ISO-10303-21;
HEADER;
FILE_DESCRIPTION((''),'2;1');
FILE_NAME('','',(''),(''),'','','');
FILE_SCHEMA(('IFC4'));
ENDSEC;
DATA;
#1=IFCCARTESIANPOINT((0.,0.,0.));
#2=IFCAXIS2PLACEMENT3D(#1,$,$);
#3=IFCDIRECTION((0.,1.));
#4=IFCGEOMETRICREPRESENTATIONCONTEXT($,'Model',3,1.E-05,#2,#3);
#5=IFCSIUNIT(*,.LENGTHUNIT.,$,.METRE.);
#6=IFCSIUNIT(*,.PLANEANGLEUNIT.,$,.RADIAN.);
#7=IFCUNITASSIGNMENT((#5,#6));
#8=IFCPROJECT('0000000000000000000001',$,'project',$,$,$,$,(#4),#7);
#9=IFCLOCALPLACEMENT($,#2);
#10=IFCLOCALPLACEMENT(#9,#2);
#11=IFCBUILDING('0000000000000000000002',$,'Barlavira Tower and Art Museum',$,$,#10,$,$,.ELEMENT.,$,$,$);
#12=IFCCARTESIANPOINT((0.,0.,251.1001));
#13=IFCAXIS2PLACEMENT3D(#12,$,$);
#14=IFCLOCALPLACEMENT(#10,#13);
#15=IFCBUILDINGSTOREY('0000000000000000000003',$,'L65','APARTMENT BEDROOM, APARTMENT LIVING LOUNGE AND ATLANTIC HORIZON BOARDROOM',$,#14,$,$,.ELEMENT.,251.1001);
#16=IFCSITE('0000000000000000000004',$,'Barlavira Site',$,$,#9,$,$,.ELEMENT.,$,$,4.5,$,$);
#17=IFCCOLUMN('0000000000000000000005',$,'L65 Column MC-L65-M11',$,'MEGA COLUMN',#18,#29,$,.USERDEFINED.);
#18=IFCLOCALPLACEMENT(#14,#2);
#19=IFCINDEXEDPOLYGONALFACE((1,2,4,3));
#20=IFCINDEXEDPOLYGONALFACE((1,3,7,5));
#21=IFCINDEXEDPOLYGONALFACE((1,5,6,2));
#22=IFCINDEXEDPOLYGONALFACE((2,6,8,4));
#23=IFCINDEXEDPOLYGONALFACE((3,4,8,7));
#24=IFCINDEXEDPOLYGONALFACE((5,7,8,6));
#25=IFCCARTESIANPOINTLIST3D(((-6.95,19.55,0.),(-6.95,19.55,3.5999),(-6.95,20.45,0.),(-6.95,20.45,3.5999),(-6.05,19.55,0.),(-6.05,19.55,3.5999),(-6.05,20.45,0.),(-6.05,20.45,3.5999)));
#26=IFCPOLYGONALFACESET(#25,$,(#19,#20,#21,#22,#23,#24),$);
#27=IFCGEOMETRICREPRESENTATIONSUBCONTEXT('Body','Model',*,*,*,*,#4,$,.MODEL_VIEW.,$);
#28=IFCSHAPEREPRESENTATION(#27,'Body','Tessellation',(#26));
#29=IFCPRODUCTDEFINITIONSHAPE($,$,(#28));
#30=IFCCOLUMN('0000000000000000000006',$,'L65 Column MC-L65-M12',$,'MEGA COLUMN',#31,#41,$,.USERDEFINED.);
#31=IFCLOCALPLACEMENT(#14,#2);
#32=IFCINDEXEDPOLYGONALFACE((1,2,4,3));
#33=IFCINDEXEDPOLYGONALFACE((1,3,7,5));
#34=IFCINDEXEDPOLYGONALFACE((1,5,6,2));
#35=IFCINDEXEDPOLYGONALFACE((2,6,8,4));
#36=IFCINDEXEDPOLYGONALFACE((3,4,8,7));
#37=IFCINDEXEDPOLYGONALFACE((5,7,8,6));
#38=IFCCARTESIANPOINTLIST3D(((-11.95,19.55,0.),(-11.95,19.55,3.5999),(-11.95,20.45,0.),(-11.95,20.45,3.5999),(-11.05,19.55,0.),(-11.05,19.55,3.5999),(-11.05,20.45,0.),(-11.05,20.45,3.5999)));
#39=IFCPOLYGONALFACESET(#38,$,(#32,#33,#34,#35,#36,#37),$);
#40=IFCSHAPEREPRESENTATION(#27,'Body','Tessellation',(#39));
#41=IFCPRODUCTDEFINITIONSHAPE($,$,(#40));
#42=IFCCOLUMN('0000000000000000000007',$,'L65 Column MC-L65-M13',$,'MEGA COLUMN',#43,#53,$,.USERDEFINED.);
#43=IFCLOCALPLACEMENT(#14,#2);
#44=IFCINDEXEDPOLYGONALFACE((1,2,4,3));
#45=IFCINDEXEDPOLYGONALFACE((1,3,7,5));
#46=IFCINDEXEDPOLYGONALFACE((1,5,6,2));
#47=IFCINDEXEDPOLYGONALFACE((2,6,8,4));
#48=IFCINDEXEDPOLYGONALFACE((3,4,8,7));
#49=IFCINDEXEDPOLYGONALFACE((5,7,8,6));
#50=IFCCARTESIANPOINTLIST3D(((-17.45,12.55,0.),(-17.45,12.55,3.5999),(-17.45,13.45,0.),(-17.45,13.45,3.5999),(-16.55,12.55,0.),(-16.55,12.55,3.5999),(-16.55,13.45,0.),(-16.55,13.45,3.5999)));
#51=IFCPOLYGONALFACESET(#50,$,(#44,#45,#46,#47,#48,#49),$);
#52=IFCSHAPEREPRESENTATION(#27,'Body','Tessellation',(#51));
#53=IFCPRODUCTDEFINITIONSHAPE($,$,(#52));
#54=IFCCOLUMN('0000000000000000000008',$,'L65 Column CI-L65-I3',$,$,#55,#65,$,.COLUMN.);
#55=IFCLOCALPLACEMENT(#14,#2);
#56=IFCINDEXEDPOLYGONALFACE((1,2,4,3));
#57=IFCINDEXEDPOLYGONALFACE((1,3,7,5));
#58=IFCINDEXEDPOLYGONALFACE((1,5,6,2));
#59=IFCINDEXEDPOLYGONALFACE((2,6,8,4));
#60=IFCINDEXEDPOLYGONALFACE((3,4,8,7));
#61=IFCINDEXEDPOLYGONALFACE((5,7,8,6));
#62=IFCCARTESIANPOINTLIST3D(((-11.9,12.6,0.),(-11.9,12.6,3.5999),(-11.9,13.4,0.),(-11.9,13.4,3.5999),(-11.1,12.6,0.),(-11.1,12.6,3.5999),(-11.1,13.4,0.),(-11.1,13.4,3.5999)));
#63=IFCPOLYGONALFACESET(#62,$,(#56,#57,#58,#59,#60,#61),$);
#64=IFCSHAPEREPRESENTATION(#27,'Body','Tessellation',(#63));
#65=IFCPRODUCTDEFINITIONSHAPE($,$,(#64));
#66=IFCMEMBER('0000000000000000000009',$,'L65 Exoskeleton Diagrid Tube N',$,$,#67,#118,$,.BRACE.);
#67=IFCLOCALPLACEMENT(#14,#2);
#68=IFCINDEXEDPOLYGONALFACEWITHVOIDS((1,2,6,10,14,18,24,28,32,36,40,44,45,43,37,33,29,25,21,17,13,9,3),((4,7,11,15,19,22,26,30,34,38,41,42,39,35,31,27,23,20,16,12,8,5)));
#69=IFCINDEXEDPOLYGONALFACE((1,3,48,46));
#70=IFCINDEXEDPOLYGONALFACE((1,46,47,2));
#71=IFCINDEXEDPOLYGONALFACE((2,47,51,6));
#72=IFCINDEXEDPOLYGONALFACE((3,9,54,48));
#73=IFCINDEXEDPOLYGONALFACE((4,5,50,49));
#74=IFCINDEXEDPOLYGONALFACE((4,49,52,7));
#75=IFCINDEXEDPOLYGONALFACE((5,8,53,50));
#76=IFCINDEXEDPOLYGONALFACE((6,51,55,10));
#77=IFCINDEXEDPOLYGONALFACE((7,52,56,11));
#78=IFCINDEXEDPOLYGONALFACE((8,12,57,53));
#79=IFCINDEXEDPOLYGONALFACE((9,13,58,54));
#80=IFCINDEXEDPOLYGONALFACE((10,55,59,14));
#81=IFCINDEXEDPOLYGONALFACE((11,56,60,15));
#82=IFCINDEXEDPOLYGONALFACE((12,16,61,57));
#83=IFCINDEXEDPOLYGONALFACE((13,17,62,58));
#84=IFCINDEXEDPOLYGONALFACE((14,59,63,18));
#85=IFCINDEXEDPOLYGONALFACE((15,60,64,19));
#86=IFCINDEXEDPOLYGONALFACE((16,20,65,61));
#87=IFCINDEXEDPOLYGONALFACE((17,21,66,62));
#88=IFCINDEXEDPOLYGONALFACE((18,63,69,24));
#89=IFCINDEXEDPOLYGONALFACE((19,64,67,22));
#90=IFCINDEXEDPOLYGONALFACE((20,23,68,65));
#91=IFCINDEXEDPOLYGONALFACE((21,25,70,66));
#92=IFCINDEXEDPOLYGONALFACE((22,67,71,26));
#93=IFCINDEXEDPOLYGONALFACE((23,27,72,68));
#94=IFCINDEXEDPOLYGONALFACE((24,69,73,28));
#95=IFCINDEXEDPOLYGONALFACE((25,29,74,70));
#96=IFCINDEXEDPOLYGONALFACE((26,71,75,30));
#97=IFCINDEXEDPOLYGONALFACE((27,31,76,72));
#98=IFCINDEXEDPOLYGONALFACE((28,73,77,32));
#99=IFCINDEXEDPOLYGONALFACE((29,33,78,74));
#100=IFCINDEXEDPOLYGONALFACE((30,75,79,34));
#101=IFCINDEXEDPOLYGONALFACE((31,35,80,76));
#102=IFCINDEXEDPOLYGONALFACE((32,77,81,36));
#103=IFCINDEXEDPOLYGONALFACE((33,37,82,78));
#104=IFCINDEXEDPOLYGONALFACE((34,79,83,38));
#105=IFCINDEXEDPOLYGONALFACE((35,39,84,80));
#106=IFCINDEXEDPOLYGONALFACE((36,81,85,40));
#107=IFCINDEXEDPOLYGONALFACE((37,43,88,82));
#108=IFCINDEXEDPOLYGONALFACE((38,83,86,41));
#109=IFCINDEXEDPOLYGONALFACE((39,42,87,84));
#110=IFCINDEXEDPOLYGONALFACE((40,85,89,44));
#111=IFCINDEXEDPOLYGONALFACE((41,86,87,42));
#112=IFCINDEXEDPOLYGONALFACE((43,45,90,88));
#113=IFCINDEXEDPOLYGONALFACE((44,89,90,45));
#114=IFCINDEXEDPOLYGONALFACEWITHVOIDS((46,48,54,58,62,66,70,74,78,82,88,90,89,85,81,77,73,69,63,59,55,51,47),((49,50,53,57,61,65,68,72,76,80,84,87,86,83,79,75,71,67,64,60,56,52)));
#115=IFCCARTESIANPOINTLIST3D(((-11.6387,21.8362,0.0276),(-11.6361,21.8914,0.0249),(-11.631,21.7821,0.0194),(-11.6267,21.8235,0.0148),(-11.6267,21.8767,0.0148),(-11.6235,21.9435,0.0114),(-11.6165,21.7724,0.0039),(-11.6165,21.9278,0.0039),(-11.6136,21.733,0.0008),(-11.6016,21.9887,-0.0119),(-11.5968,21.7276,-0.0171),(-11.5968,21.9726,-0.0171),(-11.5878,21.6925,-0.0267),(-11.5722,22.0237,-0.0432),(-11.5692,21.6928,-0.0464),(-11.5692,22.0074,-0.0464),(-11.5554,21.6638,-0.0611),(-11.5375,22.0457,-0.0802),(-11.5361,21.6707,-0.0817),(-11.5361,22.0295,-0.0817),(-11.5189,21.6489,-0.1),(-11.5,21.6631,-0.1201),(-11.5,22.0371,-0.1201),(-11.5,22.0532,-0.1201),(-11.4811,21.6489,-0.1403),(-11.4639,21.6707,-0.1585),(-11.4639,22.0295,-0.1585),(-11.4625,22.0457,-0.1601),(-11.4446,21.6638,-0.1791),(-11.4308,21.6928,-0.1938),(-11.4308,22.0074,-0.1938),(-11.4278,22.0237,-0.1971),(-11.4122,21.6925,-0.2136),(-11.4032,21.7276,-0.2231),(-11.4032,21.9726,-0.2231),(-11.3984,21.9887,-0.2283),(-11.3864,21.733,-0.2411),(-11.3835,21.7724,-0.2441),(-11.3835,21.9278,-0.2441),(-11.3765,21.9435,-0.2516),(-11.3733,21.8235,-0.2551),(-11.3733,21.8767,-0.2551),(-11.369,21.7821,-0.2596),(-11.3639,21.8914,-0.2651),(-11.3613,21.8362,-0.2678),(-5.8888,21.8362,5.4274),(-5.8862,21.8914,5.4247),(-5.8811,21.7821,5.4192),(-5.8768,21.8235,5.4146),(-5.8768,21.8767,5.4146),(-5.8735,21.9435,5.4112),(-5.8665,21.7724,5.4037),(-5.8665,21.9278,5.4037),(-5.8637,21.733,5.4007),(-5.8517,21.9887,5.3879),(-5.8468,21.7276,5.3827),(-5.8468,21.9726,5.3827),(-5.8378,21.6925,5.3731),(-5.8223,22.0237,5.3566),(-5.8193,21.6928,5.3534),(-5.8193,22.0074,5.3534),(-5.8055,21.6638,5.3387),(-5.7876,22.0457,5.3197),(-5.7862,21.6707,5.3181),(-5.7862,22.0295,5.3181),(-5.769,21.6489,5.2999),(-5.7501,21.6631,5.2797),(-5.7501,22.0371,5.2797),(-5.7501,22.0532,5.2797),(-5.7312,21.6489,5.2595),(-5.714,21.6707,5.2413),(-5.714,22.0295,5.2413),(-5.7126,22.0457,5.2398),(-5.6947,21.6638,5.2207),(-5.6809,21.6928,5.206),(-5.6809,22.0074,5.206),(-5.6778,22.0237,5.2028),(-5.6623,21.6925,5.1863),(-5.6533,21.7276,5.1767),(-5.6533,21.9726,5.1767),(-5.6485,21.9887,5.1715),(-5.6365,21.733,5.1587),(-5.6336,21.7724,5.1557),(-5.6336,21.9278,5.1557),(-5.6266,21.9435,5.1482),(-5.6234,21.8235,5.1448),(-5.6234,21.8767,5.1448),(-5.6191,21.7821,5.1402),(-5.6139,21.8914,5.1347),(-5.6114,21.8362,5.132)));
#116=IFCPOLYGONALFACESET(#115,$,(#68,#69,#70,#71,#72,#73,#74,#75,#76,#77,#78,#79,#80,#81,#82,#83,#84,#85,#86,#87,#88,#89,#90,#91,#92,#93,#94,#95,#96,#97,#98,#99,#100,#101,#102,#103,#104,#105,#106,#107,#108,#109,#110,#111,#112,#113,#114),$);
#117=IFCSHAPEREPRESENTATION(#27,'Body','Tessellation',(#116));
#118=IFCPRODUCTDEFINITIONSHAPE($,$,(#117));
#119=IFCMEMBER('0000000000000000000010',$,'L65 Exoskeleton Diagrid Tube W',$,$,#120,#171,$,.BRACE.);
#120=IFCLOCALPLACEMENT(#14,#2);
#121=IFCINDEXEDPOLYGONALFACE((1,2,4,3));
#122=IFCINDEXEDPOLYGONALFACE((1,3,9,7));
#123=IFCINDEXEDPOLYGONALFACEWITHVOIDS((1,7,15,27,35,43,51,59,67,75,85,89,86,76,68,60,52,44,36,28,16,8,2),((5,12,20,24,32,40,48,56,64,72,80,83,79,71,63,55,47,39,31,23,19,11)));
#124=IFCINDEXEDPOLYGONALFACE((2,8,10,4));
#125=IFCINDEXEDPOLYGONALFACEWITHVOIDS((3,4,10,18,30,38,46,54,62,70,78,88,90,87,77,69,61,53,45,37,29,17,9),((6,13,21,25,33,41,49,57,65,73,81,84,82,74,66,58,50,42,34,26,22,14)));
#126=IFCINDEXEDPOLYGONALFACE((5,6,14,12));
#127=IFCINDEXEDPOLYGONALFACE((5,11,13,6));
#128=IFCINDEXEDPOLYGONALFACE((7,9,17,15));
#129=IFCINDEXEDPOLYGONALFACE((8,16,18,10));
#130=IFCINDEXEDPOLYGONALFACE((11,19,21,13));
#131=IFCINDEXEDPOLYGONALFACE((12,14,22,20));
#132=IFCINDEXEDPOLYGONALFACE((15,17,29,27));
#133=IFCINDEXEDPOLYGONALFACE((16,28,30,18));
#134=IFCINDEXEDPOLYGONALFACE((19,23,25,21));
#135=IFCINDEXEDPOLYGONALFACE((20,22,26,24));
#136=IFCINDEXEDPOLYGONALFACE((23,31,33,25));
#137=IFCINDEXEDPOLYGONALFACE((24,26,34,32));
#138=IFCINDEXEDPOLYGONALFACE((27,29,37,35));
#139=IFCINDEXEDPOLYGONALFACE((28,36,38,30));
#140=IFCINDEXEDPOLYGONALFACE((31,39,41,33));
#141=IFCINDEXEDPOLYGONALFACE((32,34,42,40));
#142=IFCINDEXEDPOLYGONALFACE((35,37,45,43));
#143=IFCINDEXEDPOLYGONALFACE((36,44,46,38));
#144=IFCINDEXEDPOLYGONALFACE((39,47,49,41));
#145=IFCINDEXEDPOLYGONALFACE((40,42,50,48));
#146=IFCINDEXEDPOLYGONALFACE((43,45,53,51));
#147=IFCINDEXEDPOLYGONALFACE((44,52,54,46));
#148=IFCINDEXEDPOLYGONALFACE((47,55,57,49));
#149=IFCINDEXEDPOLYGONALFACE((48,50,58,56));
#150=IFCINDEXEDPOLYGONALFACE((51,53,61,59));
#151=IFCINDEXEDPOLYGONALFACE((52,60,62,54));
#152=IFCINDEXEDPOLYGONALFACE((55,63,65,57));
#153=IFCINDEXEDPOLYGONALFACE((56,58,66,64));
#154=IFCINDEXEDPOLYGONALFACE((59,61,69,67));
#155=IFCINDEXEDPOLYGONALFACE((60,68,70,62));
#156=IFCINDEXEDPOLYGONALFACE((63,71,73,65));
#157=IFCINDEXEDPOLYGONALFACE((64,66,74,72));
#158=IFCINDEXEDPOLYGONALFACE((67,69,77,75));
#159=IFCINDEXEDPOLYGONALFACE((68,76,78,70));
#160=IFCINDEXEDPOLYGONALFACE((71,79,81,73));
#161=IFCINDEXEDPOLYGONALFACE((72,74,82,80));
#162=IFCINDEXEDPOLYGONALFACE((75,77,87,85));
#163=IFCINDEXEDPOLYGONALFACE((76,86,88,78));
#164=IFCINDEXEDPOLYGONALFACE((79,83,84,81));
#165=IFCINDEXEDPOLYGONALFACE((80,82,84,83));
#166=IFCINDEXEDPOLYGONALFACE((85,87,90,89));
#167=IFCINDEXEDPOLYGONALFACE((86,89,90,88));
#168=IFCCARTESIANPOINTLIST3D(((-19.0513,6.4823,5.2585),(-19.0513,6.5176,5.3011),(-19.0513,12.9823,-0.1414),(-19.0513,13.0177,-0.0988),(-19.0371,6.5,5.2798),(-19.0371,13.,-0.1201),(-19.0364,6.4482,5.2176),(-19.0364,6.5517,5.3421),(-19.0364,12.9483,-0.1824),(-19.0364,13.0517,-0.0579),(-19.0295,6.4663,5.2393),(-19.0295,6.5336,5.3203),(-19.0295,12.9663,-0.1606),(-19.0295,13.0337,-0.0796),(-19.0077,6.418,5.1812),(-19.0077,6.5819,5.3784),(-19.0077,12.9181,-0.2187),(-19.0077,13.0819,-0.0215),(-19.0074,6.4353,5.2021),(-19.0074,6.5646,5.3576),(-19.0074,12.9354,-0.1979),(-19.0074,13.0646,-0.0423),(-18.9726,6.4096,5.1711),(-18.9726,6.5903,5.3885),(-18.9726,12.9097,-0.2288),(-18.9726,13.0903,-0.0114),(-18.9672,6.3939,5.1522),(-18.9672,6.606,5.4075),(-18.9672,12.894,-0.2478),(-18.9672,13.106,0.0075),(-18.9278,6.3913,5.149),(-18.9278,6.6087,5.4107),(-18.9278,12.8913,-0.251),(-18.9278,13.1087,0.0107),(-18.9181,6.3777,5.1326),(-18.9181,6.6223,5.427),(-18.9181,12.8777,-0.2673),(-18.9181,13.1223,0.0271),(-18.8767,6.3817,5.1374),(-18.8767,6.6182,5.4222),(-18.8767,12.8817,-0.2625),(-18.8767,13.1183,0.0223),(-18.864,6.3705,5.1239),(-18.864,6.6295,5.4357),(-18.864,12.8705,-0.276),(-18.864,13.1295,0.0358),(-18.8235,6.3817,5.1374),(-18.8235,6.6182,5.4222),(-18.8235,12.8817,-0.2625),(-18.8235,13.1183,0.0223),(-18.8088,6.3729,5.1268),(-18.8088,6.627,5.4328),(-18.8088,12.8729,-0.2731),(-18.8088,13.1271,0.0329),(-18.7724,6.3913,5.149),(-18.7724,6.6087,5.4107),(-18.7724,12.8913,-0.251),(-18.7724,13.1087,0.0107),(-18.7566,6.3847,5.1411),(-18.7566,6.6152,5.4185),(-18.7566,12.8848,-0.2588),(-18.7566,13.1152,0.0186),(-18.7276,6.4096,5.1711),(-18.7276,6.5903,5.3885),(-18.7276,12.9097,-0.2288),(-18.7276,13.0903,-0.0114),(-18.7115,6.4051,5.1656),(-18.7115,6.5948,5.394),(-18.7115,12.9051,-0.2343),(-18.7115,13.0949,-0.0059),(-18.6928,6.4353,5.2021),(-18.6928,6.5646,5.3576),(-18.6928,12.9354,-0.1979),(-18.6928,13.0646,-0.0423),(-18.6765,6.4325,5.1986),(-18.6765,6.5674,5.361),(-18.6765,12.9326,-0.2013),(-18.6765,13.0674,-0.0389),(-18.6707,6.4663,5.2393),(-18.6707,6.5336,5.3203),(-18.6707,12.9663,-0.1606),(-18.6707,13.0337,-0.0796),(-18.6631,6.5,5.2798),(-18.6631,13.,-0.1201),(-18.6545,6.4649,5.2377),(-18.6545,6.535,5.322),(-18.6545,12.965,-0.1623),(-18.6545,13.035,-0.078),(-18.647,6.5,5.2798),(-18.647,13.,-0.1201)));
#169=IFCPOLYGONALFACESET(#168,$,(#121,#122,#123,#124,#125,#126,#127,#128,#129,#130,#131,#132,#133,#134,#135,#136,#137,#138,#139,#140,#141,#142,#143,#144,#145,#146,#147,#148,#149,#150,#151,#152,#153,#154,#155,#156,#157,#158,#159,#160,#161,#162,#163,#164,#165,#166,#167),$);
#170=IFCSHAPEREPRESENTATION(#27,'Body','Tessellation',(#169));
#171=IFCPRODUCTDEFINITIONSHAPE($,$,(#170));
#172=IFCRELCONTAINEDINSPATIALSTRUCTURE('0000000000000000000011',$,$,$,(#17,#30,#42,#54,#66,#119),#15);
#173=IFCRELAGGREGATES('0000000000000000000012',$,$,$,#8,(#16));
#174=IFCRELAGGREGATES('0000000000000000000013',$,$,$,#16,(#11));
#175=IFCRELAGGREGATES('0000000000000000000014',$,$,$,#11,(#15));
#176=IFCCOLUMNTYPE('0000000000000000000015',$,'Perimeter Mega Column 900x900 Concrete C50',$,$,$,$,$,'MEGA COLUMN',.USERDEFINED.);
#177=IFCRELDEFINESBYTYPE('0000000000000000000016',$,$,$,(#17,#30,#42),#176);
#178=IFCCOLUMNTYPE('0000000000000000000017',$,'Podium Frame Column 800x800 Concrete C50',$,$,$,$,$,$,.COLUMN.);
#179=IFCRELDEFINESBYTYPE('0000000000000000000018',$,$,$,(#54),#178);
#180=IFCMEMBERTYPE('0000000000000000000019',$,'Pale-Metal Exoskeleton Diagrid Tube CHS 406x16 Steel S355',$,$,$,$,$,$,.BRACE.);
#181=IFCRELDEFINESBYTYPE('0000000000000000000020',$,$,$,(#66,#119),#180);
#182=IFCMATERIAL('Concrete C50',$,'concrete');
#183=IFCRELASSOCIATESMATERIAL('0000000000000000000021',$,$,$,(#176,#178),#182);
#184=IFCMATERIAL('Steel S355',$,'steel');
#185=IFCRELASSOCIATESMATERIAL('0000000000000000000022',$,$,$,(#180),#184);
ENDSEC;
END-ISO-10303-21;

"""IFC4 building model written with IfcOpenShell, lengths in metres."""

from ifc_helpers import new_model, si_unit, direction, frame, origin, origin_2d, place, context, subcontext, project, spatial, rectangle, hollow_circle, extrude, material, material_profile, profile_set, type_object, element, save


model = new_model("IFC4")

# Units and contexts
model_context = context("Model", 3, precision=1e-05, world=origin(), true_north=direction((0.0, 1.0)))
body_context = subcontext(model_context, "Body", "Model", "MODEL_VIEW")
ifc_project = project(units=[si_unit("LENGTHUNIT", "METRE"), si_unit("PLANEANGLEUNIT", "RADIAN")], contexts=[model_context])

# Site, building, storey
site_placement = place(None, origin())
site = spatial("IfcSite", under=ifc_project, at=site_placement, Name="Barlavira Site", CompositionType="ELEMENT", RefElevation=4.5)
building_placement = place(site_placement, origin())
building = spatial("IfcBuilding", under=site, at=building_placement, Name="Barlavira Tower and Art Museum", CompositionType="ELEMENT")
storey_placement = place(building_placement, frame((0.0, 0.0, 251.1001)))
storey = spatial("IfcBuildingStorey", under=building, at=storey_placement, Name="L65", Description="APARTMENT BEDROOM, APARTMENT LIVING LOUNGE AND ATLANTIC HORIZON BOARDROOM", CompositionType="ELEMENT", Elevation=251.1001)

# Columns
ifc_material_1 = material(Name="Concrete C50", Category="concrete")
ifc_material_profile_1 = material_profile(ifc_material_1, rectangle(XDim=0.8999, YDim=0.8999, at=origin_2d()), Name="RC-COL 900x900")
ifc_profile_set_1 = profile_set([ifc_material_profile_1], Name="Concrete C50")
column_type_1 = type_object("IfcColumnType", Name="Perimeter Mega Column 900x900 Concrete C50", ElementType="MEGA COLUMN", PredefinedType="USERDEFINED", material=ifc_profile_set_1)
for number, where, z_axis, x_axis, name in (
    (1, (-6.5, 20.0, 0.0), (0.0, 0.0, 1.0), (1.0, 0.0, 0.0), "L65 Column MC-L65-M11"),
    (2, (-11.5, 20.0, 0.0), (0.0, 0.0, 1.0), (1.0, 0.0, 0.0), "L65 Column MC-L65-M12"),
    (3, (-17.0, 13.0, 0.0), (0.0, 0.0, 1.0), (1.0, 0.0, 0.0), "L65 Column MC-L65-M13"),
):
    element("IfcColumn", number, at=place(storey_placement, frame(where, z_axis=z_axis, x_axis=x_axis)), inside=storey, type_object=column_type_1, Name=name, ObjectType="MEGA COLUMN", PredefinedType="USERDEFINED", context=body_context, shape_type="SweptSolid", body=[
        extrude(rectangle(XDim=0.8999, YDim=0.8999, at=origin_2d()), origin(), (0.0, 0.0, 1.0), 3.5999),
    ])
ifc_material_profile_2 = material_profile(ifc_material_1, rectangle(XDim=0.8, YDim=0.8, at=origin_2d()), Name="RC-COL 800x800")
ifc_profile_set_2 = profile_set([ifc_material_profile_2], Name="Concrete C50")
column_type_2 = type_object("IfcColumnType", Name="Podium Frame Column 800x800 Concrete C50", PredefinedType="COLUMN", material=ifc_profile_set_2)
column_placement = place(storey_placement, frame((-11.5, 13.0, 0.0), z_axis=(0.0, 0.0, 1.0), x_axis=(1.0, 0.0, 0.0)))
element("IfcColumn", 4, at=column_placement, inside=storey, type_object=column_type_2, Name="L65 Column CI-L65-I3", PredefinedType="COLUMN", context=body_context, shape_type="SweptSolid", body=[
    extrude(rectangle(XDim=0.8, YDim=0.8, at=origin_2d()), origin(), (0.0, 0.0, 1.0), 3.5999),
])

# Members
ifc_material_2 = material(Name="Steel S355", Category="steel")
ifc_material_profile_3 = material_profile(ifc_material_2, hollow_circle(Radius=0.2031, WallThickness=0.0161, at=origin_2d()), Name="CHS 406.4x16.0")
ifc_profile_set_3 = profile_set([ifc_material_profile_3], Name="Steel S355")
member_type_1 = type_object("IfcMemberType", Name="Pale-Metal Exoskeleton Diagrid Tube CHS 406x16 Steel S355", PredefinedType="BRACE", material=ifc_profile_set_3)
member_1_placement = place(storey_placement, frame((-11.5, 21.8501, -0.1201), z_axis=(0.72895, 0.0, 0.684567), x_axis=(0.0, 1.0, 0.0)))
element("IfcMember", 5, at=member_1_placement, inside=storey, type_object=member_type_1, Name="L65 Exoskeleton Diagrid Tube N", PredefinedType="BRACE", context=body_context, shape_type="SweptSolid", body=[
    extrude(hollow_circle(Radius=0.2031, WallThickness=0.0161, at=origin_2d()), origin(), (0.0, 0.0, 1.0), 7.8879),
])
member_2_placement = place(storey_placement, frame((-18.8501, 13.0, -0.1201), z_axis=(0.0, -0.769196, 0.639013), x_axis=(1.0, 0.0, 0.0)))
element("IfcMember", 6, at=member_2_placement, inside=storey, type_object=member_type_1, Name="L65 Exoskeleton Diagrid Tube W", PredefinedType="BRACE", context=body_context, shape_type="SweptSolid", body=[
    extrude(hollow_circle(Radius=0.2031, WallThickness=0.0161, at=origin_2d()), origin(), (0.0, 0.0, 1.0), 8.4504),
])

save(model, "model.ifc")
